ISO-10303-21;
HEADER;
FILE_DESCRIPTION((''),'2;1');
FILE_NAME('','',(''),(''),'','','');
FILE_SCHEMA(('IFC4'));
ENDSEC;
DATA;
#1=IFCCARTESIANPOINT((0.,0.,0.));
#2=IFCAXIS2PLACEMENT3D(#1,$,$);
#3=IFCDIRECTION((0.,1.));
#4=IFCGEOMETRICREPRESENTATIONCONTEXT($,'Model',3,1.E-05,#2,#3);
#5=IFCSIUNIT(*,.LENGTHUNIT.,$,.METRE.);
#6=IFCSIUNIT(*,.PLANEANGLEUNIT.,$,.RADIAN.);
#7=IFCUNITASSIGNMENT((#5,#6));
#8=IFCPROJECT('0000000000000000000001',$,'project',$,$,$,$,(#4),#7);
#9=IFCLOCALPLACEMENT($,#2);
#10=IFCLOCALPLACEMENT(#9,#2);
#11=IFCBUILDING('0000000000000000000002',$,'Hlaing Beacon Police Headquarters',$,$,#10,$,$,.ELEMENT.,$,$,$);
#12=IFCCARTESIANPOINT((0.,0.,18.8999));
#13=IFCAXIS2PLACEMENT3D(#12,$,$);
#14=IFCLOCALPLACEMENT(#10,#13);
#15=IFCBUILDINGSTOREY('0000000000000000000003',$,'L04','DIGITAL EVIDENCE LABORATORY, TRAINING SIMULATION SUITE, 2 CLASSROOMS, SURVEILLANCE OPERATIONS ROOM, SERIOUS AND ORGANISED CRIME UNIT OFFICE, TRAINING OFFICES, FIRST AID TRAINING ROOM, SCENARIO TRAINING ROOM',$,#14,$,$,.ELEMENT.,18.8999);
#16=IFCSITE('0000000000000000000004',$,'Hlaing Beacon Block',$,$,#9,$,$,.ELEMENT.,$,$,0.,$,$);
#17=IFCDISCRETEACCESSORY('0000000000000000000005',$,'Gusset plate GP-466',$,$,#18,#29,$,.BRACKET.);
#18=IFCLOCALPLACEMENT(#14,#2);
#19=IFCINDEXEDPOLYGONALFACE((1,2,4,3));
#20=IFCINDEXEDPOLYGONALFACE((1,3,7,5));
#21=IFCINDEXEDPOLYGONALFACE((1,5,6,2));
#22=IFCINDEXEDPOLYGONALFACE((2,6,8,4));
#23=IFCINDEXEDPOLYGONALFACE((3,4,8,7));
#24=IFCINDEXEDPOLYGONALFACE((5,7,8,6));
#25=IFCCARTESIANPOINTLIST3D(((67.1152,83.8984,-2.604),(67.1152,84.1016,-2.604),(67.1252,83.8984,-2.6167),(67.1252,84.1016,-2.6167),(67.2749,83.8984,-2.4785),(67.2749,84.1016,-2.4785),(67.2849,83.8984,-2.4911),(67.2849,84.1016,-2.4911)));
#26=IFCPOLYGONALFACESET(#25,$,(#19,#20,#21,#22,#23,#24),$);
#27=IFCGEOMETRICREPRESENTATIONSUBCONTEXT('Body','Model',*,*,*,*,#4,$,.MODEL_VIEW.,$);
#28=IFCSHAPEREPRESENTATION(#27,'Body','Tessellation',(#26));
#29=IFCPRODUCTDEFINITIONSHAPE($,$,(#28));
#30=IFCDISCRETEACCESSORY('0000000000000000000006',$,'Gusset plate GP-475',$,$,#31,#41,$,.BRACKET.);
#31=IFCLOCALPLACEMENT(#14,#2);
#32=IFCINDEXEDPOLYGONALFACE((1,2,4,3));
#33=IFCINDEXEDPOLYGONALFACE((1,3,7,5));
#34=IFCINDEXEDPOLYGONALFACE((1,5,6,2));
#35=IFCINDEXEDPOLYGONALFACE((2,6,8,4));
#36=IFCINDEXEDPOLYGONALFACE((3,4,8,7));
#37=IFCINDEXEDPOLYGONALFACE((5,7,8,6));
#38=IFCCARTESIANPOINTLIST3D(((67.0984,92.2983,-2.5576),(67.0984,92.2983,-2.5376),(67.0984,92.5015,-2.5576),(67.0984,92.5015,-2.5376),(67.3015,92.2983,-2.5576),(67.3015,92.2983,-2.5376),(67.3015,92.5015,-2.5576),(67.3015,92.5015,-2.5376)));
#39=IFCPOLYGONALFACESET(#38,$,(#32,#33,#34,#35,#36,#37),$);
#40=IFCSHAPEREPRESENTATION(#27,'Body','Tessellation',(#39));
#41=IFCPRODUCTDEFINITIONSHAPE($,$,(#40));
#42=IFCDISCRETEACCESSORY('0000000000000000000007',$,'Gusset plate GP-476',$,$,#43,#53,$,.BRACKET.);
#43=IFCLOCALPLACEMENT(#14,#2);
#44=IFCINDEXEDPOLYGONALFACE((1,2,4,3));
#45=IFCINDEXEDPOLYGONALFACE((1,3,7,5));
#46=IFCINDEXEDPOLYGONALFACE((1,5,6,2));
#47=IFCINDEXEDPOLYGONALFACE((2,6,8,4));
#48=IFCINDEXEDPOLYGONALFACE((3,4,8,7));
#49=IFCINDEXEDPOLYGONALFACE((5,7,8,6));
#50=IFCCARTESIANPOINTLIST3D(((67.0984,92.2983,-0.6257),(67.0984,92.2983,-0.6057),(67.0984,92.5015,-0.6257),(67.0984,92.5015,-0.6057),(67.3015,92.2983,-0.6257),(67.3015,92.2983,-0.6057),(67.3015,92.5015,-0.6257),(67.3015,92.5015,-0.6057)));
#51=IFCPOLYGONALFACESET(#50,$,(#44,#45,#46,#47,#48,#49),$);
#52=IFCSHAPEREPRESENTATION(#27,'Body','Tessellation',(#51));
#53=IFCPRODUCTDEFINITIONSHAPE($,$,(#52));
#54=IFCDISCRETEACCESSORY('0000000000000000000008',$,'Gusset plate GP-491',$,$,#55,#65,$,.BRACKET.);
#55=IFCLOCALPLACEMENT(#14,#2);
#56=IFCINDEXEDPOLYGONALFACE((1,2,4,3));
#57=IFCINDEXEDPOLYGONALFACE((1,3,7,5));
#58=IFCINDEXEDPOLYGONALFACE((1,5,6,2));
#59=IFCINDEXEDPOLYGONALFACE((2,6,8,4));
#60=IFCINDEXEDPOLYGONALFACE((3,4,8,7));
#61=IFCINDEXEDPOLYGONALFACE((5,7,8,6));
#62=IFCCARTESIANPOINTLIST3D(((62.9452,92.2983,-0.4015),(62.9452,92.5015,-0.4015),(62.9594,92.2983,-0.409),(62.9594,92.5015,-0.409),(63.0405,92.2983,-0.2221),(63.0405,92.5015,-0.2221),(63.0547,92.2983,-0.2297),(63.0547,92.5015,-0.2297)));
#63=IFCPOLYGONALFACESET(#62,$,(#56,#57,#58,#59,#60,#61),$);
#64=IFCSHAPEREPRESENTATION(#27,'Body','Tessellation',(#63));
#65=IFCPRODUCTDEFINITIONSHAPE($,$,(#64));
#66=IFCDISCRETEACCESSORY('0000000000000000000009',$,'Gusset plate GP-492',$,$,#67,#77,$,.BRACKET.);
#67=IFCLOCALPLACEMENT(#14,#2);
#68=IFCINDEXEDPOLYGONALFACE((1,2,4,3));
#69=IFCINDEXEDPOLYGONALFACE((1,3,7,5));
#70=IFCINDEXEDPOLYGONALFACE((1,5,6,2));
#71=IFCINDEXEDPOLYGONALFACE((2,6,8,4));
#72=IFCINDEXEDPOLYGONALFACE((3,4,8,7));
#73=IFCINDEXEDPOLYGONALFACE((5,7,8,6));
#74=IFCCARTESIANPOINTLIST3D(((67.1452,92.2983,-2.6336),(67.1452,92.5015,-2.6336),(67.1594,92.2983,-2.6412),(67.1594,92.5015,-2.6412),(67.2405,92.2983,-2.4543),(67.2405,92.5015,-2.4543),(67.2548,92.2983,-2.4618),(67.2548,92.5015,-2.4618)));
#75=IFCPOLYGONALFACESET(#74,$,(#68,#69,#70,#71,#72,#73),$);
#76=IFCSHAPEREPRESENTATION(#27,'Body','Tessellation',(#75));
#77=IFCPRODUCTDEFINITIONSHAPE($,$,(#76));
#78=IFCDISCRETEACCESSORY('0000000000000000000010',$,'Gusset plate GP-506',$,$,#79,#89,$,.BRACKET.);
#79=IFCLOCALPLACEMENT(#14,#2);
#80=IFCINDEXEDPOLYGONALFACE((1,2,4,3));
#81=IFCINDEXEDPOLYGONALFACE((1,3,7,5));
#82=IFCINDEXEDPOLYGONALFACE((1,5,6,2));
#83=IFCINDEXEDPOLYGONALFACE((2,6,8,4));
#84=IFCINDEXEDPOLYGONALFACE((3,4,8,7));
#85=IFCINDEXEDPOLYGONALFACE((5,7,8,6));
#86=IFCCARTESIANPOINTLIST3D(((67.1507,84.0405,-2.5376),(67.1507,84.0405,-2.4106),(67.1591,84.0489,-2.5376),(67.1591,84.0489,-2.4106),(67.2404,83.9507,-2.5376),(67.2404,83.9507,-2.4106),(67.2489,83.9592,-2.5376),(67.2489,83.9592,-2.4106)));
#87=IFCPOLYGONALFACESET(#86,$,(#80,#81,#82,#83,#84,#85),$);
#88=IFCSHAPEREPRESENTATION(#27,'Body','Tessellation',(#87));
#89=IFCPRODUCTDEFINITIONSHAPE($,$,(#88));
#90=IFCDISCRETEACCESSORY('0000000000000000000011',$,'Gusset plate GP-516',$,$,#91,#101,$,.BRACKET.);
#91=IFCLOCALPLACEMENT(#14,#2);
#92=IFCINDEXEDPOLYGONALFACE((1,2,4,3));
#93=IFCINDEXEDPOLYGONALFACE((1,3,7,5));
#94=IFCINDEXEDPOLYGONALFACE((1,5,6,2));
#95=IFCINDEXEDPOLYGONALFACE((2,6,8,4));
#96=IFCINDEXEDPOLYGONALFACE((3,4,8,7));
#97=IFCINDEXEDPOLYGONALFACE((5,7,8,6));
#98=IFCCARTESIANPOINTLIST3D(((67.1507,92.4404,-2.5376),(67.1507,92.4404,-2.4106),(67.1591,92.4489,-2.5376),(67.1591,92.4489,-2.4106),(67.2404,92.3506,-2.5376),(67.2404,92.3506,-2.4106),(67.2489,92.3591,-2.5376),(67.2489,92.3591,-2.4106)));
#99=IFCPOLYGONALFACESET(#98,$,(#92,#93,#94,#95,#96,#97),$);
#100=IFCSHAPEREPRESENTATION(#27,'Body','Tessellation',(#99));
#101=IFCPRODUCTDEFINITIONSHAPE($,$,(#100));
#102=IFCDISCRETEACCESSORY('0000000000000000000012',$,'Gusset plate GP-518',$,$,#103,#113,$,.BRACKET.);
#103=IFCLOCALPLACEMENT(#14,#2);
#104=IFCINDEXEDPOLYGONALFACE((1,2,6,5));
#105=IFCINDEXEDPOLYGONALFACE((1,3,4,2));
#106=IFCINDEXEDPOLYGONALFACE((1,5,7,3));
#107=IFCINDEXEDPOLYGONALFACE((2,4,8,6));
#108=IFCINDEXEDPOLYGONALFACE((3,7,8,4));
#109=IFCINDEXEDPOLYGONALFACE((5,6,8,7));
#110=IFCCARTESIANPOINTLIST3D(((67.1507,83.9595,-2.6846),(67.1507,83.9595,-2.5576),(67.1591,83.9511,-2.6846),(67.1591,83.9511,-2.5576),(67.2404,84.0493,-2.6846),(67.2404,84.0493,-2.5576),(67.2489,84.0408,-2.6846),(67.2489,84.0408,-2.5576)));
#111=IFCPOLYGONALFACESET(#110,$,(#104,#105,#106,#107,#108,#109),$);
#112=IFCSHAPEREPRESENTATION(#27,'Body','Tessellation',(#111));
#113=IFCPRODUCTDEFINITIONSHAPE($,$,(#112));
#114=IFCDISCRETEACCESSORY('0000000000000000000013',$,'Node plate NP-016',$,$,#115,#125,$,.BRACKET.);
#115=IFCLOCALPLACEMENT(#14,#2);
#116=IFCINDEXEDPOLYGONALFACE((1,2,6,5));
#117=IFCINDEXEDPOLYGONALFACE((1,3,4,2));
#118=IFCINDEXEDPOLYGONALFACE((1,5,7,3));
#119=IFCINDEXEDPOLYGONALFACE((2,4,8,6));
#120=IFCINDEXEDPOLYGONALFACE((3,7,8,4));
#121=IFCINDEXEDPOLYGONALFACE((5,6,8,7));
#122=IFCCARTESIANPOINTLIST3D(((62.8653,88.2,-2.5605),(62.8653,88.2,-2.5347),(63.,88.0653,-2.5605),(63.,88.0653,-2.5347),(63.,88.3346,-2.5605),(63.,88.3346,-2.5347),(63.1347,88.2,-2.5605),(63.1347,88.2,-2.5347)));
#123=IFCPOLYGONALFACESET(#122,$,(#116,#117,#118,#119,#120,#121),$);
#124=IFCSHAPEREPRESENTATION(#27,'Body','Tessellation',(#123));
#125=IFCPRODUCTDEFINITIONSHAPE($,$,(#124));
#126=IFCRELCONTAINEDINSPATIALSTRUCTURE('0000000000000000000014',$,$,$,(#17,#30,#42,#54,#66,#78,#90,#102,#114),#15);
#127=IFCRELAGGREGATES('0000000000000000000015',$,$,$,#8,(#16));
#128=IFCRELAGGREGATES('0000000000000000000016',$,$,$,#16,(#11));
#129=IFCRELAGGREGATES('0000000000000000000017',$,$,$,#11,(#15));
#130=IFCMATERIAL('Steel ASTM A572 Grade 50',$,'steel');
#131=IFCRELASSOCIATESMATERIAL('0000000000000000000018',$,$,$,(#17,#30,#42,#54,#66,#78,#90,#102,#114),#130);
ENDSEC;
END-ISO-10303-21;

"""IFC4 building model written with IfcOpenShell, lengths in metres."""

from ifc_helpers import new_model, si_unit, direction, frame, origin, origin_2d, place, context, subcontext, project, spatial, rectangle, extrude, material, element, save


model = new_model("IFC4")

# Units and contexts
model_context = context("Model", 3, precision=1e-05, world=origin(), true_north=direction((0.0, 1.0)))
body_context = subcontext(model_context, "Body", "Model", "MODEL_VIEW")
ifc_project = project(units=[si_unit("LENGTHUNIT", "METRE"), si_unit("PLANEANGLEUNIT", "RADIAN")], contexts=[model_context])

# Site, building, storey
site_placement = place(None, origin())
site = spatial("IfcSite", under=ifc_project, at=site_placement, Name="Hlaing Beacon Block", CompositionType="ELEMENT", RefElevation=0.0)
building_placement = place(site_placement, origin())
building = spatial("IfcBuilding", under=site, at=building_placement, Name="Hlaing Beacon Police Headquarters", CompositionType="ELEMENT")
storey_placement = place(building_placement, frame((0.0, 0.0, 18.8999)))
storey = spatial("IfcBuildingStorey", under=building, at=storey_placement, Name="L04", Description="DIGITAL EVIDENCE LABORATORY, TRAINING SIMULATION SUITE, 2 CLASSROOMS, SURVEILLANCE OPERATIONS ROOM, SERIOUS AND ORGANISED CRIME UNIT OFFICE, TRAINING OFFICES, FIRST AID TRAINING ROOM, SCENARIO TRAINING ROOM", CompositionType="ELEMENT", Elevation=18.8999)

# Discrete accessories
ifc_material_1 = material(Name="Steel ASTM A572 Grade 50", Category="steel")
for number, where, z_axis, x_axis, name in (
    (1, (67.1951, 84.0, -2.5413), (0.618183, 0.0, -0.786034), (0.0, 1.0, 0.0), "Gusset plate GP-466"),
):
    element("IfcDiscreteAccessory", number, at=place(storey_placement, frame(where, z_axis=z_axis, x_axis=x_axis)), inside=storey, material=ifc_material_1, Name=name, PredefinedType="BRACKET", context=body_context, shape_type="SweptSolid", body=[
        extrude(rectangle(XDim=0.2031, YDim=0.2031, at=origin_2d()), origin(), (0.0, 0.0, 1.0), 0.0161),
    ])
for number, where, z_axis, x_axis, name in (
    (2, (67.2, 92.3999, -2.5376), (0.0, 0.0, -1.0), (1.0, 0.0, 0.0), "Gusset plate GP-475"),
    (3, (67.2, 92.3999, -0.6257), (0.0, 0.0, 1.0), (1.0, 0.0, 0.0), "Gusset plate GP-476"),
):
    element("IfcDiscreteAccessory", number, at=place(storey_placement, frame(where, z_axis=z_axis, x_axis=x_axis)), inside=storey, material=ifc_material_1, Name=name, PredefinedType="BRACKET", context=body_context, shape_type="SweptSolid", body=[
        extrude(rectangle(XDim=0.2031, YDim=0.2031, at=origin_2d()), origin(), (0.0, 0.0, 1.0), 0.02),
    ])
for number, where, z_axis, x_axis, name in (
    (4, (63.0071, 92.3999, -0.3193), (-0.883054, 0.0, 0.469272), (0.0, -1.0, 0.0), "Gusset plate GP-491"),
    (5, (67.1929, 92.3999, -2.5439), (0.883054, 0.0, -0.469272), (0.0, 1.0, 0.0), "Gusset plate GP-492"),
):
    element("IfcDiscreteAccessory", number, at=place(storey_placement, frame(where, z_axis=z_axis, x_axis=x_axis)), inside=storey, material=ifc_material_1, Name=name, PredefinedType="BRACKET", context=body_context, shape_type="SweptSolid", body=[
        extrude(rectangle(XDim=0.2031, YDim=0.2031, at=origin_2d()), origin(), (0.0, 0.0, 1.0), 0.0161),
    ])
for number, where, z_axis, x_axis, name in (
    (6, (67.1956, 83.9956, -2.4741), (0.707107, 0.707107, 0.0), (-0.707107, 0.707107, 0.0), "Gusset plate GP-506"),
    (7, (67.1956, 92.3955, -2.4741), (0.707107, 0.707107, 0.0), (-0.707107, 0.707107, 0.0), "Gusset plate GP-516"),
    (8, (67.1956, 84.0044, -2.6211), (0.707107, -0.707107, 0.0), (0.707107, 0.707107, 0.0), "Gusset plate GP-518"),
):
    element("IfcDiscreteAccessory", number, at=place(storey_placement, frame(where, z_axis=z_axis, x_axis=x_axis)), inside=storey, material=ifc_material_1, Name=name, PredefinedType="BRACKET", context=body_context, shape_type="SweptSolid", body=[
        extrude(rectangle(XDim=0.127, YDim=0.127, at=origin_2d()), origin(), (0.0, 0.0, 1.0), 0.012),
    ])
discrete_accessory_placement = place(storey_placement, frame((63.0, 88.2, -2.5605), z_axis=(0.0, 0.0, 1.0), x_axis=(0.707107, 0.707107, 0.0)))
element("IfcDiscreteAccessory", 9, at=discrete_accessory_placement, inside=storey, material=ifc_material_1, Name="Node plate NP-016", PredefinedType="BRACKET", context=body_context, shape_type="SweptSolid", body=[
    extrude(rectangle(XDim=0.1904, YDim=0.1904, at=origin_2d()), origin(), (0.0, 0.0, 1.0), 0.0259),
])

save(model, "model.ifc")
